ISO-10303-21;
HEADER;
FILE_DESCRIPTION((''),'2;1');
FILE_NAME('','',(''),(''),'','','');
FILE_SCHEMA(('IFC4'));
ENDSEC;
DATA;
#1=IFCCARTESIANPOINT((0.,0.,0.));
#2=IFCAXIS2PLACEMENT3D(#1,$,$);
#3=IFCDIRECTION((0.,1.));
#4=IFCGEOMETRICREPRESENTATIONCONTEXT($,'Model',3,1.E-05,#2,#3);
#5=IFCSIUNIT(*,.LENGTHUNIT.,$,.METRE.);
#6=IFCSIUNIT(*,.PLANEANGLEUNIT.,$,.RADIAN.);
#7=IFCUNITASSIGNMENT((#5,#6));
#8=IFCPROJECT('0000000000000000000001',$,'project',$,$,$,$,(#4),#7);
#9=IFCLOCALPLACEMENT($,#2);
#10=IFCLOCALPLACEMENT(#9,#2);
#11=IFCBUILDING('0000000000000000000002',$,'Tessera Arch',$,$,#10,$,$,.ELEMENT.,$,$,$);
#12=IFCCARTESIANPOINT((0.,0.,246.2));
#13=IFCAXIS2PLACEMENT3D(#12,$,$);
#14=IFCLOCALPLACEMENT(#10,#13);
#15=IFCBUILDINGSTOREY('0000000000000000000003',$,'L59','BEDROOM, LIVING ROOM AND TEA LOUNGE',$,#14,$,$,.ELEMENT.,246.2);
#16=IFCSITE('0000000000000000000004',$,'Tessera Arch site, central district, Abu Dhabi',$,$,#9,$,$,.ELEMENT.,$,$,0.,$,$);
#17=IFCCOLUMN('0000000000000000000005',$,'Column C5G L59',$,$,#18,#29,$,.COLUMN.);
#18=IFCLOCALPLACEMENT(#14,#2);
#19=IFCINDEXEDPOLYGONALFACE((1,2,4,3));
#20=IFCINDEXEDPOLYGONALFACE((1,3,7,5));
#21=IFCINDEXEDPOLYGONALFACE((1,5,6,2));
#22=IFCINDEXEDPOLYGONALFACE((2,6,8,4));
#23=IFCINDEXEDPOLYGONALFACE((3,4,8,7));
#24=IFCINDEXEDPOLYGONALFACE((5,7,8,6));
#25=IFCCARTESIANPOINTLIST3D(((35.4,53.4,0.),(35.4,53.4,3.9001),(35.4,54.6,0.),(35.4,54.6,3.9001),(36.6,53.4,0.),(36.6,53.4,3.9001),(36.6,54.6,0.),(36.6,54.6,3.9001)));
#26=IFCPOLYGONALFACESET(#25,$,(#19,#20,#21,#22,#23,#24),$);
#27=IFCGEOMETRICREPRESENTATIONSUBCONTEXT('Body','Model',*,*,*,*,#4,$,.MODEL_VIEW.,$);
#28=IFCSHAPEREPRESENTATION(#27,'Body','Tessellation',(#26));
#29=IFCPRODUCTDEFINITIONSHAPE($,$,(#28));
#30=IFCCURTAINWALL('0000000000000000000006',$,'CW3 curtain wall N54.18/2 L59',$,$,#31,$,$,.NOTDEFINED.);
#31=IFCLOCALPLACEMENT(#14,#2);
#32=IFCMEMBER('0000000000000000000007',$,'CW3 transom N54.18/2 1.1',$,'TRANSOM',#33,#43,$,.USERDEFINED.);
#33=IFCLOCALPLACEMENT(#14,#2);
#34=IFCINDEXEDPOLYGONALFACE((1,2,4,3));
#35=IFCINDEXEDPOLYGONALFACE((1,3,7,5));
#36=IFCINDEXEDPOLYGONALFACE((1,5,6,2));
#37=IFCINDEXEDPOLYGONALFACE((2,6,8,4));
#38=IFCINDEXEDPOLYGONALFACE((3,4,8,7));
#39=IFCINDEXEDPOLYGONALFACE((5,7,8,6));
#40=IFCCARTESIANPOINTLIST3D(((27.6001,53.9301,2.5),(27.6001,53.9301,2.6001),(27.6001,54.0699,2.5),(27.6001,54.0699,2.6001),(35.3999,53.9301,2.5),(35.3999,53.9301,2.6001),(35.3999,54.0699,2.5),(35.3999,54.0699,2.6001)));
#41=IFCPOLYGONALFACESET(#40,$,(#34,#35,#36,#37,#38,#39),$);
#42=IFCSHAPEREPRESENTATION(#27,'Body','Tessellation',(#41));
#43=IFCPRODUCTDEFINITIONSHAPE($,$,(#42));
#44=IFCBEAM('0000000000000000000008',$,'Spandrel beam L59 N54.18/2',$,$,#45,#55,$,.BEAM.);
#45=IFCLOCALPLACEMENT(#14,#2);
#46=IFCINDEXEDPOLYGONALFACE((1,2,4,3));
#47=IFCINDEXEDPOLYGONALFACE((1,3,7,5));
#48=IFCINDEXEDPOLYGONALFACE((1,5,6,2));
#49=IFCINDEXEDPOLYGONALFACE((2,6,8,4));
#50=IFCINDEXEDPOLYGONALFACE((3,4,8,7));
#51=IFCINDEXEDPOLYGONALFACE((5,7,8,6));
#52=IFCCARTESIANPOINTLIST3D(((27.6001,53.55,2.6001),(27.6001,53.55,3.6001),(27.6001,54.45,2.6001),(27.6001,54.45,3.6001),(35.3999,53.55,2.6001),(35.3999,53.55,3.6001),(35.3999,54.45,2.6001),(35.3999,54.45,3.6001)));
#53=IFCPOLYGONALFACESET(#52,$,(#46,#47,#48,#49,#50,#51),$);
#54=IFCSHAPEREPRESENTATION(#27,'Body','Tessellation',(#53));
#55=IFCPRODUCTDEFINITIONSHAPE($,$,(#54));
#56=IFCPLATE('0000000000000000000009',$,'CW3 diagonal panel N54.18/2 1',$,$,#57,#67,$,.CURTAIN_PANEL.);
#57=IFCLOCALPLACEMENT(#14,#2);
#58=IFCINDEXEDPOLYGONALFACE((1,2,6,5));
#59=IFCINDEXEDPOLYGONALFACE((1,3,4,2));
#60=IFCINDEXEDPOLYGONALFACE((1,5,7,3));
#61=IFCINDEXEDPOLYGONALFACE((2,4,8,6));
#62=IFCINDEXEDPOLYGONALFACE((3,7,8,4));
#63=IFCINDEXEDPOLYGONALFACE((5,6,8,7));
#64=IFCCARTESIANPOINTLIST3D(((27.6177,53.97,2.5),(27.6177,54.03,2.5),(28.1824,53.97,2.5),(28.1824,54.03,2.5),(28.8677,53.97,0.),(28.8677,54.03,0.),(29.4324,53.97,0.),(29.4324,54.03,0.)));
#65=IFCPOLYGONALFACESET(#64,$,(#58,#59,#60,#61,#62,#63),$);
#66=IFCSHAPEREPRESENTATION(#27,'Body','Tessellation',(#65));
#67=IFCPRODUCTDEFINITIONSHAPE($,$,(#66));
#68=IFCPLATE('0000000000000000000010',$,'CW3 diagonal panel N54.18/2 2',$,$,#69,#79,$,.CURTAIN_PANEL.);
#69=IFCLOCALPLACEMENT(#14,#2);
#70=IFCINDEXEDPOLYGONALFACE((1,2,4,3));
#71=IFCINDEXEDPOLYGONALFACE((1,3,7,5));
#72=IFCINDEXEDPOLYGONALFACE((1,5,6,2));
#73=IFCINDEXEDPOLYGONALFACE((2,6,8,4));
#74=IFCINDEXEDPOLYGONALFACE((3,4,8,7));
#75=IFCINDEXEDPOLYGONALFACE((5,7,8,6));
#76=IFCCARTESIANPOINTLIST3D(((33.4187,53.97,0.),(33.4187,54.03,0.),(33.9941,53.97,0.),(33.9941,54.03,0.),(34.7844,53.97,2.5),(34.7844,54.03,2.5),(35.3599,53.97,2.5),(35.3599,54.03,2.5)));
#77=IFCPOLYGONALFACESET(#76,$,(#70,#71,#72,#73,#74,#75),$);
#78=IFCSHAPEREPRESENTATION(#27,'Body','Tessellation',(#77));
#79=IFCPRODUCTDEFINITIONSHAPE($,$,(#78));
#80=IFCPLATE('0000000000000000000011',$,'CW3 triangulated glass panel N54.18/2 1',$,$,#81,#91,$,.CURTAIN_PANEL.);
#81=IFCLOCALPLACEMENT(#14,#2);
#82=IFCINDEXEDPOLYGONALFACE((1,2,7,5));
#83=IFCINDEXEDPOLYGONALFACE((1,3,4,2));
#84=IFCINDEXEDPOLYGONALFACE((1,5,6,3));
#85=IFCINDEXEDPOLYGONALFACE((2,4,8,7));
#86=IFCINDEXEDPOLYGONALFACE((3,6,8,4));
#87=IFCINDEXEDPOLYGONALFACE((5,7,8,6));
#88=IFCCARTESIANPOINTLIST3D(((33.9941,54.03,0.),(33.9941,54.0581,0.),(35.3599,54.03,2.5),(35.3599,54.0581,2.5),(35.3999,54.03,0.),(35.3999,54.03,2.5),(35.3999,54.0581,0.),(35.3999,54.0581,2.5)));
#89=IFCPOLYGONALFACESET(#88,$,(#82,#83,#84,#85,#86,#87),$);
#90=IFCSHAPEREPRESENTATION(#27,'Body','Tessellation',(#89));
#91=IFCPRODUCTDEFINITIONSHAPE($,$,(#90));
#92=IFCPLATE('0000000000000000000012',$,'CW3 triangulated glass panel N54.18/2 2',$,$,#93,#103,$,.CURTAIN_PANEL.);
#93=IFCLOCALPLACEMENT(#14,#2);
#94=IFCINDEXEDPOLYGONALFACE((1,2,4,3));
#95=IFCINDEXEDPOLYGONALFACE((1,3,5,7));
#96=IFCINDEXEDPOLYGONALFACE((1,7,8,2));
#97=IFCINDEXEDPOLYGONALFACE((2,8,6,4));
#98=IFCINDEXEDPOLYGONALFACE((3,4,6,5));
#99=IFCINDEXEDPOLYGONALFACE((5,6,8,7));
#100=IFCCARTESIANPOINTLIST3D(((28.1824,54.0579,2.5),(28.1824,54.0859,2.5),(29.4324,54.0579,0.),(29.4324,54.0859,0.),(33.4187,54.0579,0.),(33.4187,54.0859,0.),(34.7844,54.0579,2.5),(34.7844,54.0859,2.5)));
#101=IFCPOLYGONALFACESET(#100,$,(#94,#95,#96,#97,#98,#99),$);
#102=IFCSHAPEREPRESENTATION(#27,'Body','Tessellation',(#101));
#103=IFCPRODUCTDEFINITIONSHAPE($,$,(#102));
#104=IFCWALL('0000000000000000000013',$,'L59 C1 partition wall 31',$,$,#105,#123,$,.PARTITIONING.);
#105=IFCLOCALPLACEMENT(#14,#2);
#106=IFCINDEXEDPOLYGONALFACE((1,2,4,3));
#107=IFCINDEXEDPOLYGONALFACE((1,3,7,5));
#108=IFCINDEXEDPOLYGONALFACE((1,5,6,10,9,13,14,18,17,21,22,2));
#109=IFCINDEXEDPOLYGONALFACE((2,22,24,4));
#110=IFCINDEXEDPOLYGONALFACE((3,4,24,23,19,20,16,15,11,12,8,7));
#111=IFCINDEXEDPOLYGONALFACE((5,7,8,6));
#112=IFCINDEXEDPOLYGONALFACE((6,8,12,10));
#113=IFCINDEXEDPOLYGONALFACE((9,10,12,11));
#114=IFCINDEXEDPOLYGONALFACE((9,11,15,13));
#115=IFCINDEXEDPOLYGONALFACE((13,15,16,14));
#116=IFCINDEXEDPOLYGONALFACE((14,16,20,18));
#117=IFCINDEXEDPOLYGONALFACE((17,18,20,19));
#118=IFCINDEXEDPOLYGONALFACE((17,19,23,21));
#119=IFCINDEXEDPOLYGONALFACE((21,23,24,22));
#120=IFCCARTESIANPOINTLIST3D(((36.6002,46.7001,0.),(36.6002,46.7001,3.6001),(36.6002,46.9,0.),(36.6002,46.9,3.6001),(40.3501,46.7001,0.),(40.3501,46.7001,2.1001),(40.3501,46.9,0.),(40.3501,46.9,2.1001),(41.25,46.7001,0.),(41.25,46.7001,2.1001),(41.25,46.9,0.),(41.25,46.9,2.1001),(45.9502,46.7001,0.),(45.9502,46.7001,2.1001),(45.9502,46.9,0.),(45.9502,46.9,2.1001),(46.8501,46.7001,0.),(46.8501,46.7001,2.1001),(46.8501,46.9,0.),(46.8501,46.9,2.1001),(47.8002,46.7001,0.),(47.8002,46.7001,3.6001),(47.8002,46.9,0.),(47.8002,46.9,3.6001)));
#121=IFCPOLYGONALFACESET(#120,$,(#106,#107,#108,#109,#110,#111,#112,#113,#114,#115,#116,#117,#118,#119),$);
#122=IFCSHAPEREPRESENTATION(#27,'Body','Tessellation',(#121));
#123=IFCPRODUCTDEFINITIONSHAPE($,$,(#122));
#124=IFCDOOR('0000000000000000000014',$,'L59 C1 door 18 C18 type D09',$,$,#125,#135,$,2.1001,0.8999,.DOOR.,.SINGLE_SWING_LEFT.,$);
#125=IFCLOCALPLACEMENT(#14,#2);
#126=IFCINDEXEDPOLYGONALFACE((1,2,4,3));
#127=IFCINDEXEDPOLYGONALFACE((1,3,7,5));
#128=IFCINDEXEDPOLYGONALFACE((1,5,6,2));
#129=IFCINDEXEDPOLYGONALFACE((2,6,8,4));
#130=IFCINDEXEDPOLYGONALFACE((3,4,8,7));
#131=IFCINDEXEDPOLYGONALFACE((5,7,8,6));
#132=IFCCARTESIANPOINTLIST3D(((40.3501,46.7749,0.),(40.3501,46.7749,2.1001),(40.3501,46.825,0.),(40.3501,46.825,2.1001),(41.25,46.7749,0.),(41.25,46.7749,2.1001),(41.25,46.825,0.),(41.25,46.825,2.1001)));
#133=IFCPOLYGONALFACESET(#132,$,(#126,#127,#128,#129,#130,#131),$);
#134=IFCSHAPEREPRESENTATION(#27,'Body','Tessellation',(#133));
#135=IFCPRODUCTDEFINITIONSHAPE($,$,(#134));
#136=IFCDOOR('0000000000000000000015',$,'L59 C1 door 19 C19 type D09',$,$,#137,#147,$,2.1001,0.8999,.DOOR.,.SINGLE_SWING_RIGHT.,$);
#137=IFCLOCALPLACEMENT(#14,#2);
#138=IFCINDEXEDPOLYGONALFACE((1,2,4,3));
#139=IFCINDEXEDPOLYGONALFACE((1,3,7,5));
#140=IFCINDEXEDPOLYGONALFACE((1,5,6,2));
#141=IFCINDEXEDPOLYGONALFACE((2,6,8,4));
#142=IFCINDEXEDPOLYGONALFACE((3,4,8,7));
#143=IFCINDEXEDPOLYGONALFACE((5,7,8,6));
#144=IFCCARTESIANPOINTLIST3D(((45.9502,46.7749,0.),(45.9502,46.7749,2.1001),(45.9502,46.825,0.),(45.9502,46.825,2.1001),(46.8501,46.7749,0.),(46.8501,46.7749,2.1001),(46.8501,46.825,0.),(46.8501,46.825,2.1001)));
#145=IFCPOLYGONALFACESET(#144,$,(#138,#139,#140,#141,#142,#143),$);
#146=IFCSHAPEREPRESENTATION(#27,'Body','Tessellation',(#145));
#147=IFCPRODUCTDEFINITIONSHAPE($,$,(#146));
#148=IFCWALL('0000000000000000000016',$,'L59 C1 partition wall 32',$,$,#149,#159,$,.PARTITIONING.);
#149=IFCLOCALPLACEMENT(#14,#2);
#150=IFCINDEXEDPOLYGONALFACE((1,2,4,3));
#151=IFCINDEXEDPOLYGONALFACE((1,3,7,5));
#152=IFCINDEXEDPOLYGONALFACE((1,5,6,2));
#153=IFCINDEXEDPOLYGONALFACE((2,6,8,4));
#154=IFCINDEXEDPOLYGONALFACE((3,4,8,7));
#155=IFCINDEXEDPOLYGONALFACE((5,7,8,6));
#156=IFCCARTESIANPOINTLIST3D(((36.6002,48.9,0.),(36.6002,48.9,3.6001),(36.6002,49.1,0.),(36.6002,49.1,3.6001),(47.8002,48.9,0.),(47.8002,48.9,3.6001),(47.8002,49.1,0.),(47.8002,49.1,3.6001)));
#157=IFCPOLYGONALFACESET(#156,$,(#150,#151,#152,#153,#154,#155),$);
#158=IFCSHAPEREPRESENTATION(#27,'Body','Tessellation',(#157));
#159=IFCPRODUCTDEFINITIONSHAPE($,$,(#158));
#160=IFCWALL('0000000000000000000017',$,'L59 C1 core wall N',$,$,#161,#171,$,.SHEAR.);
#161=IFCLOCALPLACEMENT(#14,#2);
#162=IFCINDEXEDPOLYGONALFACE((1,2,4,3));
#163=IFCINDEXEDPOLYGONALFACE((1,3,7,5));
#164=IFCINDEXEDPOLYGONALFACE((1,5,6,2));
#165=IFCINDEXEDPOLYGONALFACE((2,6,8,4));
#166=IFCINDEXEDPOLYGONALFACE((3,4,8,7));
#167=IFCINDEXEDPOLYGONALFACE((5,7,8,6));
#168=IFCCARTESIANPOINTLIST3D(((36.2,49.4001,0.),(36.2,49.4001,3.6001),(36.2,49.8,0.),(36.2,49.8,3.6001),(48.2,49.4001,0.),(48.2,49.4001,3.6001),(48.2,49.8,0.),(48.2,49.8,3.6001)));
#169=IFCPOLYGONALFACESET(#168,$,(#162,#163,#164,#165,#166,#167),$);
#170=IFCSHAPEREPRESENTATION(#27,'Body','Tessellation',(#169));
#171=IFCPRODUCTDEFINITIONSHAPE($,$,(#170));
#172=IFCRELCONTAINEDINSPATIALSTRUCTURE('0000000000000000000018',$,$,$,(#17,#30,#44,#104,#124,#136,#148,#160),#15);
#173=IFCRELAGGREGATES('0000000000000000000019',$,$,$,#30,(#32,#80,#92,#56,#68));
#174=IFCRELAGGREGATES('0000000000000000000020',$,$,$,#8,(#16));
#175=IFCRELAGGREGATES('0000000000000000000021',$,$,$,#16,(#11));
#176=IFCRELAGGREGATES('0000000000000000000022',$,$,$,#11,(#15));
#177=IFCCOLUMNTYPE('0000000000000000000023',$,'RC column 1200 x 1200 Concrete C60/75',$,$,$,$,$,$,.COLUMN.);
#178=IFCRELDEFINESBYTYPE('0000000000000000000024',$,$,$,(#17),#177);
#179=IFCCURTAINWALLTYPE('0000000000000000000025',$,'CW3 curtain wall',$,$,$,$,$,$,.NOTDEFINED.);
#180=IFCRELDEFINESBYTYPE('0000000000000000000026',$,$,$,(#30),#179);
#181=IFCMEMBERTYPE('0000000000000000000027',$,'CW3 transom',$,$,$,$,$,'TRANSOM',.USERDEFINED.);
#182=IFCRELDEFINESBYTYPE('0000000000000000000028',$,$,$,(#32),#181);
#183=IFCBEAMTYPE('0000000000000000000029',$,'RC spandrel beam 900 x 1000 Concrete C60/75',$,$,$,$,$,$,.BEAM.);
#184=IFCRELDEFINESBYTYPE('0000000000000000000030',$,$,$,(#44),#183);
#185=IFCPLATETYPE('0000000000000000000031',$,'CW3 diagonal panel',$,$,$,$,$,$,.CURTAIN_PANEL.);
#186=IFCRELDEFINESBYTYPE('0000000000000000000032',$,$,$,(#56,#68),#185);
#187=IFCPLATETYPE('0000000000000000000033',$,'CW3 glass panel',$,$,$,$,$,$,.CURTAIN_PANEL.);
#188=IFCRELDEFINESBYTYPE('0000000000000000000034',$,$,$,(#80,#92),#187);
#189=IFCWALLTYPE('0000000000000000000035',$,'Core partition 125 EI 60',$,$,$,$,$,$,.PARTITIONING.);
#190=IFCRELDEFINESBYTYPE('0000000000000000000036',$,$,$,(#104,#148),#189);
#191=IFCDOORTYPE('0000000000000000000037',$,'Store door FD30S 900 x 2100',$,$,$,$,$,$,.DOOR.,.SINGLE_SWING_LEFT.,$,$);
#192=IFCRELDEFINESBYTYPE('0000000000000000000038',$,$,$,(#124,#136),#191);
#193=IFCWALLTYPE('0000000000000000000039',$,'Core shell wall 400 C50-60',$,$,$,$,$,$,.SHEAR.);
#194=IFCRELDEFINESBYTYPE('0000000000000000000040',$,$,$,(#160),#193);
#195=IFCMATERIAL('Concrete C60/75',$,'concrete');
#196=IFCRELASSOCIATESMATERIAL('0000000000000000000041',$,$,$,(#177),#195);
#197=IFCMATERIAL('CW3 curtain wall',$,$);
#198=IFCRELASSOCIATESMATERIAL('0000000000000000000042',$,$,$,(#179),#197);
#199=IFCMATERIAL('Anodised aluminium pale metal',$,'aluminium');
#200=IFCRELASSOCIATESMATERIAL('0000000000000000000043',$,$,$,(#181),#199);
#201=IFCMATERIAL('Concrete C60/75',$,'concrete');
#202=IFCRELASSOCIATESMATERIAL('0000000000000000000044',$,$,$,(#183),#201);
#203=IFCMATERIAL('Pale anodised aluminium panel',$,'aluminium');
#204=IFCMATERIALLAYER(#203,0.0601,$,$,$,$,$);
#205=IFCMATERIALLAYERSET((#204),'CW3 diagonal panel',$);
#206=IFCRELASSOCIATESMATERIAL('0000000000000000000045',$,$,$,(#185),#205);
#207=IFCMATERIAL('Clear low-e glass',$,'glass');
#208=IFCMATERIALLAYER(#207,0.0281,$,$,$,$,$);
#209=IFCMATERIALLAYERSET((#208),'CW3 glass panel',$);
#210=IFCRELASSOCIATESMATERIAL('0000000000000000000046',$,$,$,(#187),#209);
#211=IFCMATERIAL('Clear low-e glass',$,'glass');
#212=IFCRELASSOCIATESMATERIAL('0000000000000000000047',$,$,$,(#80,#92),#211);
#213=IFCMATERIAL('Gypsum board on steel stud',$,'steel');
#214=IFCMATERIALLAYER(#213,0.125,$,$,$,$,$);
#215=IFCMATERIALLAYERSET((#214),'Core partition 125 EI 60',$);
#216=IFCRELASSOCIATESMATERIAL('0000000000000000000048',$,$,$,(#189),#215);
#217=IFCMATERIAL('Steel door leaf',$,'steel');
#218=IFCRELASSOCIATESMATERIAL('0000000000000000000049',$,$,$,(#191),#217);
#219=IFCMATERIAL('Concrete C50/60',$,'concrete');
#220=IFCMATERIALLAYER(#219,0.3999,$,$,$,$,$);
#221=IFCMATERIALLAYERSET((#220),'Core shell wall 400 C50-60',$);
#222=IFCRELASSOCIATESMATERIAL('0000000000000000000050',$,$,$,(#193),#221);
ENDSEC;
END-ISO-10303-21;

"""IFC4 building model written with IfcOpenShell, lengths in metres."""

from ifc_helpers import new_model, si_unit, direction, frame, frame_2d, origin, origin_2d, place, context, subcontext, project, spatial, polyline, rectangle, outline, extrude, material, layer, layer_set, material_profile, profile_set, type_object, element, fill, aggregate, save


model = new_model("IFC4")

# Units and contexts
model_context = context("Model", 3, precision=1e-05, world=origin(), true_north=direction((0.0, 1.0)))
body_context = subcontext(model_context, "Body", "Model", "MODEL_VIEW")
ifc_project = project(units=[si_unit("LENGTHUNIT", "METRE"), si_unit("PLANEANGLEUNIT", "RADIAN")], contexts=[model_context])

# Site, building, storey
site_placement = place(None, origin())
site = spatial("IfcSite", under=ifc_project, at=site_placement, Name="Tessera Arch site, central district, Abu Dhabi", CompositionType="ELEMENT", RefElevation=0.0)
building_placement = place(site_placement, origin())
building = spatial("IfcBuilding", under=site, at=building_placement, Name="Tessera Arch", CompositionType="ELEMENT")
storey_placement = place(building_placement, frame((0.0, 0.0, 246.2)))
storey = spatial("IfcBuildingStorey", under=building, at=storey_placement, Name="L59", Description="BEDROOM, LIVING ROOM AND TEA LOUNGE", CompositionType="ELEMENT", Elevation=246.2)

# Column
ifc_material_1 = material(Name="Concrete C60/75", Category="concrete")
ifc_material_profile_1 = material_profile(ifc_material_1, rectangle(XDim=1.2, YDim=1.2, at=origin_2d()), Name="RC column 1200 x 1200 Concrete C60/75")
ifc_profile_set_1 = profile_set([ifc_material_profile_1], Name="Concrete C60/75")
column_type = type_object("IfcColumnType", Name="RC column 1200 x 1200 Concrete C60/75", PredefinedType="COLUMN", material=ifc_profile_set_1)
column_placement = place(storey_placement, frame((36.0, 54.0, 0.0), z_axis=(0.0, 0.0, 1.0), x_axis=(1.0, 0.0, 0.0)))
element("IfcColumn", 1, at=column_placement, inside=storey, type_object=column_type, Name="Column C5G L59", PredefinedType="COLUMN", context=body_context, shape_type="SweptSolid", body=[
    extrude(rectangle(XDim=1.2, YDim=1.2, at=origin_2d()), origin(), (0.0, 0.0, 1.0), 3.9001),
])

# Curtain wall, member
ifc_material_2 = material(Name="CW3 curtain wall")
curtain_wall_type = type_object("IfcCurtainWallType", Name="CW3 curtain wall", PredefinedType="NOTDEFINED", material=ifc_material_2)
curtain_wall_placement = place(storey_placement, origin())
curtain_wall = element("IfcCurtainWall", 2, at=curtain_wall_placement, inside=storey, type_object=curtain_wall_type, Name="CW3 curtain wall N54.18/2 L59", PredefinedType="NOTDEFINED")
ifc_material_3 = material(Name="Anodised aluminium pale metal", Category="aluminium")
ifc_material_profile_2 = material_profile(ifc_material_3, rectangle(XDim=0.1399, YDim=0.1001, at=origin_2d()), Name="AL 140x100")
ifc_profile_set_2 = profile_set([ifc_material_profile_2], Name="Anodised aluminium pale metal")
member_type = type_object("IfcMemberType", Name="CW3 transom", ElementType="TRANSOM", PredefinedType="USERDEFINED", material=ifc_profile_set_2)
member_placement = place(storey_placement, frame((35.3999, 54.0, 2.55), z_axis=(-1.0, 0.0, 0.0), x_axis=(0.0, -1.0, 0.0)))
member = element("IfcMember", 3, at=member_placement, type_object=member_type, Name="CW3 transom N54.18/2 1.1", ObjectType="TRANSOM", PredefinedType="USERDEFINED", context=body_context, shape_type="SweptSolid", body=[
    extrude(rectangle(XDim=0.1399, YDim=0.1001, at=origin_2d()), origin(), (0.0, 0.0, 1.0), 7.7998),
])

# Beam
ifc_material_4 = material(Name="Concrete C60/75", Category="concrete")
ifc_material_profile_3 = material_profile(ifc_material_4, rectangle(XDim=0.8999, YDim=1.0, at=origin_2d()), Name="RC spandrel beam 900 x 1000 Concrete C60/75")
ifc_profile_set_3 = profile_set([ifc_material_profile_3], Name="Concrete C60/75")
beam_type = type_object("IfcBeamType", Name="RC spandrel beam 900 x 1000 Concrete C60/75", PredefinedType="BEAM", material=ifc_profile_set_3)
beam_placement = place(storey_placement, frame((35.3999, 54.0, 3.1001), z_axis=(-1.0, 0.0, 0.0), x_axis=(0.0, -1.0, 0.0)))
element("IfcBeam", 4, at=beam_placement, inside=storey, type_object=beam_type, Name="Spandrel beam L59 N54.18/2", PredefinedType="BEAM", context=body_context, shape_type="SweptSolid", body=[
    extrude(rectangle(XDim=0.8999, YDim=1.0, at=origin_2d()), origin(), (0.0, 0.0, 1.0), 7.7998),
])

# Plates
ifc_material_5 = material(Name="Pale anodised aluminium panel", Category="aluminium")
ifc_layer_1 = layer(ifc_material_5, 0.0601)
ifc_layer_set_1 = layer_set([ifc_layer_1], Name="CW3 diagonal panel")
plate_type_1 = type_object("IfcPlateType", Name="CW3 diagonal panel", PredefinedType="CURTAIN_PANEL", material=ifc_layer_set_1)
plate_1_placement = place(storey_placement, frame((27.6177, 54.03, 2.5), z_axis=(0.0, 1.0, 0.0), x_axis=(1.0, 0.0, 0.0)))
plate_1 = element("IfcPlate", 5, at=plate_1_placement, type_object=plate_type_1, Name="CW3 diagonal panel N54.18/2 1", PredefinedType="CURTAIN_PANEL", context=body_context, shape_type="SweptSolid", body=[
    extrude(outline(polyline([(0.0, 0.0), (0.5647, 0.0), (1.8147, 2.5), (1.25, 2.5), (0.0, 0.0)])), origin(), (0.0, 0.0, -1.0), 0.0601),
])
plate_2_placement = place(storey_placement, frame((34.7844, 54.03, 2.5), z_axis=(0.0, 1.0, 0.0), x_axis=(1.0, 0.0, 0.0)))
plate_2 = element("IfcPlate", 6, at=plate_2_placement, type_object=plate_type_1, Name="CW3 diagonal panel N54.18/2 2", PredefinedType="CURTAIN_PANEL", context=body_context, shape_type="SweptSolid", body=[
    extrude(outline(polyline([(0.0, 0.0), (0.5754, 0.0), (-0.7903, 2.5), (-1.3657, 2.5), (0.0, 0.0)])), origin(), (0.0, 0.0, -1.0), 0.0601),
])
ifc_material_6 = material(Name="Clear low-e glass", Category="glass")
ifc_material_7 = material(Name="Clear low-e glass", Category="glass")
ifc_layer_2 = layer(ifc_material_7, 0.0281)
ifc_layer_set_2 = layer_set([ifc_layer_2], Name="CW3 glass panel")
plate_type_2 = type_object("IfcPlateType", Name="CW3 glass panel", PredefinedType="CURTAIN_PANEL", material=ifc_layer_set_2)
plate_3_placement = place(storey_placement, frame((35.3999, 54.0581, 0.0), z_axis=(0.0, 1.0, 0.0), x_axis=(-1.0, 0.0, 0.0)))
plate_3 = element("IfcPlate", 7, at=plate_3_placement, type_object=plate_type_2, material=ifc_material_6, Name="CW3 triangulated glass panel N54.18/2 1", PredefinedType="CURTAIN_PANEL", context=body_context, shape_type="SweptSolid", body=[
    extrude(outline(polyline([(0.0, 0.0), (1.4058, 0.0), (0.04, 2.5), (0.0, 2.5), (0.0, 0.0)])), origin(), (0.0, 0.0, -1.0), 0.0281),
])
plate_4_placement = place(storey_placement, frame((28.1824, 54.0859, 2.5), z_axis=(0.0, 1.0, 0.0), x_axis=(1.0, 0.0, 0.0)))
plate_4 = element("IfcPlate", 8, at=plate_4_placement, type_object=plate_type_2, material=ifc_material_6, Name="CW3 triangulated glass panel N54.18/2 2", PredefinedType="CURTAIN_PANEL", context=body_context, shape_type="SweptSolid", body=[
    extrude(outline(polyline([(0.0, 0.0), (6.6021, 0.0), (5.2363, 2.5), (1.25, 2.5), (0.0, 0.0)])), origin(), (0.0, 0.0, -1.0), 0.0281),
])
aggregate(curtain_wall, [member, plate_3, plate_4, plate_1, plate_2])

# Wall, openings, doors
ifc_material_8 = material(Name="Gypsum board on steel stud", Category="steel")
ifc_layer_3 = layer(ifc_material_8, 0.125)
ifc_layer_set_3 = layer_set([ifc_layer_3], Name="Core partition 125 EI 60")
wall_type_1 = type_object("IfcWallType", Name="Core partition 125 EI 60", PredefinedType="PARTITIONING", material=ifc_layer_set_3)
wall_1_placement = place(storey_placement, frame((36.6001, 46.8, 0.0), z_axis=(0.0, 0.0, 1.0), x_axis=(1.0, 0.0, 0.0)))
wall_1 = element("IfcWall", 9, at=wall_1_placement, inside=storey, type_object=wall_type_1, Name="L59 C1 partition wall 31", PredefinedType="PARTITIONING", context=body_context, shape_type="SweptSolid", body=[
    extrude(rectangle(XDim=11.2, YDim=0.2, at=frame_2d((5.6001, 0.0))), origin(), (0.0, 0.0, 1.0), 3.6001),
])
opening_1_placement = place(wall_1_placement, frame((3.75, 0.0, 0.0)))
opening_1 = element("IfcOpeningElement", 10, at=opening_1_placement, cuts=wall_1, PredefinedType="OPENING", context=body_context, shape_type="SweptSolid", body=[
    extrude(rectangle(XDim=0.8999, YDim=2.1001, at=frame_2d((0.45, 1.05))), frame((0.0, 0.1099, 0.0), z_axis=(0.0, -1.0, 0.0), x_axis=(1.0, 0.0, 0.0)), (0.0, 0.0, 1.0), 0.22),
])
opening_2_placement = place(wall_1_placement, frame((9.3501, 0.0, 0.0)))
opening_2 = element("IfcOpeningElement", 11, at=opening_2_placement, cuts=wall_1, PredefinedType="OPENING", context=body_context, shape_type="SweptSolid", body=[
    extrude(rectangle(XDim=0.8999, YDim=2.1001, at=frame_2d((0.45, 1.05))), frame((0.0, 0.1099, 0.0), z_axis=(0.0, -1.0, 0.0), x_axis=(1.0, 0.0, 0.0)), (0.0, 0.0, 1.0), 0.22),
])
ifc_material_9 = material(Name="Steel door leaf", Category="steel")
door_type_1 = type_object("IfcDoorType", Name="Store door FD30S 900 x 2100", OperationType="SINGLE_SWING_LEFT", PredefinedType="DOOR", material=ifc_material_9)
door_1_placement = place(opening_1_placement, origin())
door_1 = element("IfcDoor", 12, at=door_1_placement, inside=storey, type_object=door_type_1, Name="L59 C1 door 18 C18 type D09", OperationType="SINGLE_SWING_LEFT", OverallHeight=2.1001, OverallWidth=0.8999, PredefinedType="DOOR", context=body_context, shape_type="SweptSolid", body=[
    extrude(rectangle(XDim=0.8999, YDim=2.1001, at=frame_2d((0.45, 1.05))), frame((0.0, 0.0249, 0.0), z_axis=(0.0, -1.0, 0.0), x_axis=(1.0, 0.0, 0.0)), (0.0, 0.0, 1.0), 0.05),
])
fill(opening_1, door_1)
door_2_placement = place(opening_2_placement, origin())
door_2 = element("IfcDoor", 13, at=door_2_placement, inside=storey, type_object=door_type_1, Name="L59 C1 door 19 C19 type D09", OperationType="SINGLE_SWING_RIGHT", OverallHeight=2.1001, OverallWidth=0.8999, PredefinedType="DOOR", context=body_context, shape_type="SweptSolid", body=[
    extrude(rectangle(XDim=0.8999, YDim=2.1001, at=frame_2d((0.45, 1.05))), frame((0.0, 0.0249, 0.0), z_axis=(0.0, -1.0, 0.0), x_axis=(1.0, 0.0, 0.0)), (0.0, 0.0, 1.0), 0.05),
])
fill(opening_2, door_2)

# Walls
wall_2_placement = place(storey_placement, frame((36.6001, 49.0, 0.0), z_axis=(0.0, 0.0, 1.0), x_axis=(1.0, 0.0, 0.0)))
element("IfcWall", 14, at=wall_2_placement, inside=storey, type_object=wall_type_1, Name="L59 C1 partition wall 32", PredefinedType="PARTITIONING", context=body_context, shape_type="SweptSolid", body=[
    extrude(rectangle(XDim=11.2, YDim=0.2, at=frame_2d((5.6001, 0.0))), origin(), (0.0, 0.0, 1.0), 3.6001),
])
ifc_material_10 = material(Name="Concrete C50/60", Category="concrete")
ifc_layer_4 = layer(ifc_material_10, 0.3999)
ifc_layer_set_4 = layer_set([ifc_layer_4], Name="Core shell wall 400 C50-60")
wall_type_2 = type_object("IfcWallType", Name="Core shell wall 400 C50-60", PredefinedType="SHEAR", material=ifc_layer_set_4)
wall_3_placement = place(storey_placement, frame((36.2, 49.6001, 0.0), z_axis=(0.0, 0.0, 1.0), x_axis=(1.0, 0.0, 0.0)))
element("IfcWall", 15, at=wall_3_placement, inside=storey, type_object=wall_type_2, Name="L59 C1 core wall N", PredefinedType="SHEAR", context=body_context, shape_type="SweptSolid", body=[
    extrude(rectangle(XDim=12.0, YDim=0.3999, at=frame_2d((6.0, 0.0))), origin(), (0.0, 0.0, 1.0), 3.6001),
])

save(model, "model.ifc")
